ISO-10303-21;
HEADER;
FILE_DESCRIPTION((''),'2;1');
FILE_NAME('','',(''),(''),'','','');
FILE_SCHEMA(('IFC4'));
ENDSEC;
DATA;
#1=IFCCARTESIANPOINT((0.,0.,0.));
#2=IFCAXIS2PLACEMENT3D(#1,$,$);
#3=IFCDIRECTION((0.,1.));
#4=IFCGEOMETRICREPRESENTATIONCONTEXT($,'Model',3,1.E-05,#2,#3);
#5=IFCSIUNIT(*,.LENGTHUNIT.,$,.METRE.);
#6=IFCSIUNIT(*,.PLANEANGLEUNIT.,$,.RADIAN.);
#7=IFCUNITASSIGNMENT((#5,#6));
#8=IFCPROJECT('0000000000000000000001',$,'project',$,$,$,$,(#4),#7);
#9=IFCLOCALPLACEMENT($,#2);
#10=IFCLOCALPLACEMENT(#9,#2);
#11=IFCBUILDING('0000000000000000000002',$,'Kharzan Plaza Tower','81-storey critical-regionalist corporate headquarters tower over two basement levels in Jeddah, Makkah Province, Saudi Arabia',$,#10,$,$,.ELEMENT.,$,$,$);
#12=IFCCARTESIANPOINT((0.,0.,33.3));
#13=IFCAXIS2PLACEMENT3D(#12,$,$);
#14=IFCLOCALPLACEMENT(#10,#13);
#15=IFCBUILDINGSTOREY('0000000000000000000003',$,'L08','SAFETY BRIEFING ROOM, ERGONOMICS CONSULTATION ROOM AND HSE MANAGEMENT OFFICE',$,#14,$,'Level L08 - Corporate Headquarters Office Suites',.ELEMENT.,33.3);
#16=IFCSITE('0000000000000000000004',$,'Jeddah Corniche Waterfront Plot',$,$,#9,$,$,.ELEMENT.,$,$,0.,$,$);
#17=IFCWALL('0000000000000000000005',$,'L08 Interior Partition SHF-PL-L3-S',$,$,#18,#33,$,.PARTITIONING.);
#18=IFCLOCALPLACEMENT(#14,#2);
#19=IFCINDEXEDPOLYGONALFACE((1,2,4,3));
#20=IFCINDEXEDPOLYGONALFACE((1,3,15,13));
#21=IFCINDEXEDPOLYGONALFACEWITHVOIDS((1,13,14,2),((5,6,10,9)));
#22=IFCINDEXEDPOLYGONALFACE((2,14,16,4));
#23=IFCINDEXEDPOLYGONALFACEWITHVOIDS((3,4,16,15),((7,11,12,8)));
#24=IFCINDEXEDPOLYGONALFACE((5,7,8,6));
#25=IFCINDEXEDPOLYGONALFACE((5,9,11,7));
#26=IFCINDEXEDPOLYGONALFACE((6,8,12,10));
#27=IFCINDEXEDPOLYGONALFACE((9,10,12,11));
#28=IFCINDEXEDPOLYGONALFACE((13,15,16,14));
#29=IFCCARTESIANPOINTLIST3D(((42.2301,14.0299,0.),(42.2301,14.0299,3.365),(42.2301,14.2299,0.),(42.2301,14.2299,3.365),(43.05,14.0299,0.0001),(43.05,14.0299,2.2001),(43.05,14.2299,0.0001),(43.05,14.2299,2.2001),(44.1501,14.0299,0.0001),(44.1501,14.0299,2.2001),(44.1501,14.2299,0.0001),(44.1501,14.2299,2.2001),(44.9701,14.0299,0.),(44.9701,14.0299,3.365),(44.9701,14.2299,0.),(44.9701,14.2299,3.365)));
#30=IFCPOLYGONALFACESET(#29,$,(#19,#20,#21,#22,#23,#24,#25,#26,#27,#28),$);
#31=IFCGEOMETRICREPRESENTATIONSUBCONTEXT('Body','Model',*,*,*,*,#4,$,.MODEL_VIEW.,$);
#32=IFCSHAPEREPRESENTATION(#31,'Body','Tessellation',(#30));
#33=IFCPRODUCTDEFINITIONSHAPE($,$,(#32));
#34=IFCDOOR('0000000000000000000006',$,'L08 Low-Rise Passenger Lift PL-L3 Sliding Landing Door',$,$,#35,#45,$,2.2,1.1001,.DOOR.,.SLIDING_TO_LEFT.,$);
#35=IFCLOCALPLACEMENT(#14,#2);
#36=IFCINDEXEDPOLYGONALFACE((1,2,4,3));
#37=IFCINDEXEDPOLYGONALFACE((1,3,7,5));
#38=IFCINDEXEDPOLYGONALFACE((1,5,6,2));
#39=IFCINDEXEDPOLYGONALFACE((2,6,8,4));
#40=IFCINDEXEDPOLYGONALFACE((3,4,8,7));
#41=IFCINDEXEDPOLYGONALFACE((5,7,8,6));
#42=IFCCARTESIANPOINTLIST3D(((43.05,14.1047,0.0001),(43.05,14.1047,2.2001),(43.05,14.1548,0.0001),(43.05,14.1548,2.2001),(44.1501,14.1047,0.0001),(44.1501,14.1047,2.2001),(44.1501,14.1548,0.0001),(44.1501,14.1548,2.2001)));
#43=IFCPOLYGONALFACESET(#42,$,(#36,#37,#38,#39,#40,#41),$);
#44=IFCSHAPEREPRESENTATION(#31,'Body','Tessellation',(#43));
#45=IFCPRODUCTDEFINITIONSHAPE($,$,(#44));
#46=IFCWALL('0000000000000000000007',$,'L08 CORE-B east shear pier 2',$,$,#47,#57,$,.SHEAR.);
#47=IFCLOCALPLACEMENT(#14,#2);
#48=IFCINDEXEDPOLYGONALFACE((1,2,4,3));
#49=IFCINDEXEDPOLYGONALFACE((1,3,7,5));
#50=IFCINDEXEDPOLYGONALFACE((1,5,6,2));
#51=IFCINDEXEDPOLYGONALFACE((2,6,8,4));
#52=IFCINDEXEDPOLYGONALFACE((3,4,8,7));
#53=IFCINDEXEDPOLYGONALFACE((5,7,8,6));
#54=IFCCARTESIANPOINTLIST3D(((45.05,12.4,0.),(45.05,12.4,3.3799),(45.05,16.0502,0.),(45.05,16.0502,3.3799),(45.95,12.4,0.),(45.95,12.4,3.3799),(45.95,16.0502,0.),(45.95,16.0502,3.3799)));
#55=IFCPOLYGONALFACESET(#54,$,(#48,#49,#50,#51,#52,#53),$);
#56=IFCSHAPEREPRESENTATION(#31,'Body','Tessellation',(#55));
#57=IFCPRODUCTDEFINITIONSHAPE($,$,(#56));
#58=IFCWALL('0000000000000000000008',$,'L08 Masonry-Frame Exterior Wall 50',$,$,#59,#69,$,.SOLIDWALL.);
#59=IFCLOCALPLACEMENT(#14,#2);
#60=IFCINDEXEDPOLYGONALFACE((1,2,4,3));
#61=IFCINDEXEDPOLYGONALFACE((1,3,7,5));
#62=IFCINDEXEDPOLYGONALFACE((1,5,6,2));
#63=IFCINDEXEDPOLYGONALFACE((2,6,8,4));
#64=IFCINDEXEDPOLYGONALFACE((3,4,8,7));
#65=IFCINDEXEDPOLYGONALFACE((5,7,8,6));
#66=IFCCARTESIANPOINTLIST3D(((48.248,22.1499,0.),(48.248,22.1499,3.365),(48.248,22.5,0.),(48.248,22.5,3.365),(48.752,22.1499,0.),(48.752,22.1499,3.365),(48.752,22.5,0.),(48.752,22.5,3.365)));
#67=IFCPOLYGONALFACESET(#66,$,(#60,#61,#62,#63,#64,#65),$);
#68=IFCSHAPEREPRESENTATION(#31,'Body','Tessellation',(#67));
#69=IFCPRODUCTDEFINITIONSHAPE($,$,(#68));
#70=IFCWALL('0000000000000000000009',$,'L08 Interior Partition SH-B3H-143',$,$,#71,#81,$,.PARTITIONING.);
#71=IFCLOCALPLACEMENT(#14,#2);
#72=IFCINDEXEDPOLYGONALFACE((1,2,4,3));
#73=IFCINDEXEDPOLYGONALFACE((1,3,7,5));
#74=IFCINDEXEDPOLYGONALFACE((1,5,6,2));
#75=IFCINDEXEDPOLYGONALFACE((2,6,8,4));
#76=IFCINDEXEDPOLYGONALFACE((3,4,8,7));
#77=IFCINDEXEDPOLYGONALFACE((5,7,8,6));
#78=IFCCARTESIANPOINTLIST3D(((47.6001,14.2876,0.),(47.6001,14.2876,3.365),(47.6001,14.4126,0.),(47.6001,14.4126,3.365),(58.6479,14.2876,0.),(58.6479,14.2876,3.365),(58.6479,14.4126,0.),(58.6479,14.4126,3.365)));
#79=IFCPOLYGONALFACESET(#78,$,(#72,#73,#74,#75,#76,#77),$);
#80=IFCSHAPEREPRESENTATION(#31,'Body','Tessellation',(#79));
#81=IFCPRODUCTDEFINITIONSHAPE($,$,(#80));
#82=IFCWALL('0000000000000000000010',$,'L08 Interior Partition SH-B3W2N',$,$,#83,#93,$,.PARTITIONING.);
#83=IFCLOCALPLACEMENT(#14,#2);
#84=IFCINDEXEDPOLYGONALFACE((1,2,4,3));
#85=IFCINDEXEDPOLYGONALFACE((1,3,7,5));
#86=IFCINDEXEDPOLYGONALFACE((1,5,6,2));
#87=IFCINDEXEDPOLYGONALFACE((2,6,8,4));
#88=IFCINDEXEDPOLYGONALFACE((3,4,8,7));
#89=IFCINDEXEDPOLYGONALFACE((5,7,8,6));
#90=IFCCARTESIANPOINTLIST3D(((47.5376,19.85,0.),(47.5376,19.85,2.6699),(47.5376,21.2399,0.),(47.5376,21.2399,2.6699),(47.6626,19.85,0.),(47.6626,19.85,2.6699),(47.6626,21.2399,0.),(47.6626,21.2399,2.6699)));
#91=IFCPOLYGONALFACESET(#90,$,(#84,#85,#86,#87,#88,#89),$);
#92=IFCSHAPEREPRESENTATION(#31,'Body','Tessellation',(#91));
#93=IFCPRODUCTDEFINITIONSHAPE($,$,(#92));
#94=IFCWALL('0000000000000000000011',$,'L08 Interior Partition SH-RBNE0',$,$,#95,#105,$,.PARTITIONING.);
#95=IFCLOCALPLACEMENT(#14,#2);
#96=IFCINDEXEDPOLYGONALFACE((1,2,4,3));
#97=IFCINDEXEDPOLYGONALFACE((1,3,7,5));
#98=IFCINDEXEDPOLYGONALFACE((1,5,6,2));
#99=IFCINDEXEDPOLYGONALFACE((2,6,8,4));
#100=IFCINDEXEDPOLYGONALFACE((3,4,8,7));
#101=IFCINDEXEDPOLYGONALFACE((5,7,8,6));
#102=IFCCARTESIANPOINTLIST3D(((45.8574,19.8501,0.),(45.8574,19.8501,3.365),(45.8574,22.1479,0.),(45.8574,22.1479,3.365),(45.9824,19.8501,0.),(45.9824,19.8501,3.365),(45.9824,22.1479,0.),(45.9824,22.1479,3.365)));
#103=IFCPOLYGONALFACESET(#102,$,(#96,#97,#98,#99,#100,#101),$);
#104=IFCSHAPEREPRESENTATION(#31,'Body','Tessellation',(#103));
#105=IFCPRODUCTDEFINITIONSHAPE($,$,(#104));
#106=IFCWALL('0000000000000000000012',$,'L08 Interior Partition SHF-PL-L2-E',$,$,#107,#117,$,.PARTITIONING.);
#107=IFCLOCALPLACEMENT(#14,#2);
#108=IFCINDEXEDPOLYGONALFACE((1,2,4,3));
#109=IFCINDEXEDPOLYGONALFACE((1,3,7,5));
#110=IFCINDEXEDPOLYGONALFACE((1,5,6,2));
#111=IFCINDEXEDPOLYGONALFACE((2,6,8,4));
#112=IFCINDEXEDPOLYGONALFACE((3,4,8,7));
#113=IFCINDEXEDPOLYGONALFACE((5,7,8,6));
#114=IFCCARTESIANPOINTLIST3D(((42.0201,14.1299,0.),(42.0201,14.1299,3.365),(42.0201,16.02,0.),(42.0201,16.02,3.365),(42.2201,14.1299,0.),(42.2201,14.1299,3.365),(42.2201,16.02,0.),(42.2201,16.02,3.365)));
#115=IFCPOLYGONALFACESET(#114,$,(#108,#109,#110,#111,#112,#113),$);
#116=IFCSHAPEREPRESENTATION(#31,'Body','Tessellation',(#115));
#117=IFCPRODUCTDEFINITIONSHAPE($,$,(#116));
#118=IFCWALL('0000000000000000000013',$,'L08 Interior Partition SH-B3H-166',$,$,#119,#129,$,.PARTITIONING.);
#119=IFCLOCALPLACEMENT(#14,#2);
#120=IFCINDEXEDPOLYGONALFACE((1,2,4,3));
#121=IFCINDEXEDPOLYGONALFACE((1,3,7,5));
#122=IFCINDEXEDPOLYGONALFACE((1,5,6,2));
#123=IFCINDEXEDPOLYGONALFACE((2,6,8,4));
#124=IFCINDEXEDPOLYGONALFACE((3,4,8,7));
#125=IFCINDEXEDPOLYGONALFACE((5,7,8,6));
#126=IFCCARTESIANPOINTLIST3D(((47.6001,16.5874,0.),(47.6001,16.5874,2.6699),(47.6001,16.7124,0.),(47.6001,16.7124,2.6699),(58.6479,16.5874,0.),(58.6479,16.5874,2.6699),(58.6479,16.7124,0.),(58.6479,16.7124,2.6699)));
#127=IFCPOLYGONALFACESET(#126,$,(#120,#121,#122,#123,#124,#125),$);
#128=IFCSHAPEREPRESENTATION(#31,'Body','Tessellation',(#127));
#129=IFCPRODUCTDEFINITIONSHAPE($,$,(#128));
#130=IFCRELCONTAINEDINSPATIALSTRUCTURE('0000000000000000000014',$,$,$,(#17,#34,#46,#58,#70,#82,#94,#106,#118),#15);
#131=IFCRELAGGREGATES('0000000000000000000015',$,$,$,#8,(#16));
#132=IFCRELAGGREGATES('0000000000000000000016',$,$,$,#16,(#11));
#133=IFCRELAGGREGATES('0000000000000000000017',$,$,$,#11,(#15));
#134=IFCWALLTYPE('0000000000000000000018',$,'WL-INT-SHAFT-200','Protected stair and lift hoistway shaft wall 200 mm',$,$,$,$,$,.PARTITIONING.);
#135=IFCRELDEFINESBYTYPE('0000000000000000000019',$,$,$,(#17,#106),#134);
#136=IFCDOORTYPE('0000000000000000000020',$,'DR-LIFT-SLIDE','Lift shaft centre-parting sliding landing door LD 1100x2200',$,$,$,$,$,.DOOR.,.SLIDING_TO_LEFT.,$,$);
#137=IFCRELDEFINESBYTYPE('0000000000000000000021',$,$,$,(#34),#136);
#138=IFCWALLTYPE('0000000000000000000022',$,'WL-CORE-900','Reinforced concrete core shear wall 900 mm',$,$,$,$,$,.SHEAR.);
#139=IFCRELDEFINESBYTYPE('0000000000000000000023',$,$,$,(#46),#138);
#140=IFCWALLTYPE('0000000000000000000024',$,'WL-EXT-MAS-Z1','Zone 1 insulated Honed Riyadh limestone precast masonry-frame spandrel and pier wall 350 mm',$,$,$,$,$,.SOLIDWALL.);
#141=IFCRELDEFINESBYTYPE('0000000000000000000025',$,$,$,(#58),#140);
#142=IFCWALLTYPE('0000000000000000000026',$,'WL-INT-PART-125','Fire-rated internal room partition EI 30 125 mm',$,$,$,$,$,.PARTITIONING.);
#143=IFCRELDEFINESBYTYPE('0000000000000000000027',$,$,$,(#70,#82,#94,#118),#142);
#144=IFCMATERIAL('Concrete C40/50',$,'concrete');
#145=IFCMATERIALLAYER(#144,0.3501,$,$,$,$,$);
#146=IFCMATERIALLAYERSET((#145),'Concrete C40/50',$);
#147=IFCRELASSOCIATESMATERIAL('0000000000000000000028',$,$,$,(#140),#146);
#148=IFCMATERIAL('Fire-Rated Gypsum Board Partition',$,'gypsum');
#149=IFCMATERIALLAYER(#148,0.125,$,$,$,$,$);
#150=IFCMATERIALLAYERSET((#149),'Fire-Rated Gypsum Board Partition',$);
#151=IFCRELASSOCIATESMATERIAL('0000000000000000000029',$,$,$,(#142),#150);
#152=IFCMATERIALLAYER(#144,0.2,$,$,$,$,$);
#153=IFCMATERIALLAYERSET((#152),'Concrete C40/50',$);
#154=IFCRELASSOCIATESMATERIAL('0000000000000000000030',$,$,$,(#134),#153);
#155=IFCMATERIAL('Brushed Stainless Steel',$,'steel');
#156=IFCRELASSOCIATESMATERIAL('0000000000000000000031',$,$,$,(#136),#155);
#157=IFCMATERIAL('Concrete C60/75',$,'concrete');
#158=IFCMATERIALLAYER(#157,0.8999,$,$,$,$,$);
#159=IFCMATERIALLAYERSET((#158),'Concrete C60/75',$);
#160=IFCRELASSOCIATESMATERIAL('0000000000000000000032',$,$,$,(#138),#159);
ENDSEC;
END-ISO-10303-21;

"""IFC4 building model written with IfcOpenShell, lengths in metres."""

from ifc_helpers import new_model, si_unit, direction, frame, frame_2d, origin, place, context, subcontext, project, spatial, rectangle, extrude, source, transform, mapped, material, layer, layer_set, type_object, element, fill, save


model = new_model("IFC4")

# Units and contexts
model_context = context("Model", 3, precision=1e-05, world=origin(), true_north=direction((0.0, 1.0)))
body_context = subcontext(model_context, "Body", "Model", "MODEL_VIEW")
ifc_project = project(units=[si_unit("LENGTHUNIT", "METRE"), si_unit("PLANEANGLEUNIT", "RADIAN")], contexts=[model_context])

# Site, building, storey
site_placement = place(None, origin())
site = spatial("IfcSite", under=ifc_project, at=site_placement, Name="Jeddah Corniche Waterfront Plot", CompositionType="ELEMENT", RefElevation=0.0)
building_placement = place(site_placement, origin())
building = spatial("IfcBuilding", under=site, at=building_placement, Name="Kharzan Plaza Tower", Description="81-storey critical-regionalist corporate headquarters tower over two basement levels in Jeddah, Makkah Province, Saudi Arabia", CompositionType="ELEMENT")
storey_placement = place(building_placement, frame((0.0, 0.0, 33.3)))
storey = spatial("IfcBuildingStorey", under=building, at=storey_placement, Name="L08", Description="SAFETY BRIEFING ROOM, ERGONOMICS CONSULTATION ROOM AND HSE MANAGEMENT OFFICE", LongName="Level L08 - Corporate Headquarters Office Suites", CompositionType="ELEMENT", Elevation=33.3)

# Shared definitions
ifc_material_1 = material(Name="Concrete C60/75", Category="concrete")

# Shared definitions
ifc_material_2 = material(Name="Concrete C40/50", Category="concrete")
ifc_layer_1 = layer(ifc_material_2, 0.3501)
ifc_layer_set_1 = layer_set([ifc_layer_1], Name="Concrete C40/50")
wall_type_1 = type_object("IfcWallType", Name="WL-EXT-MAS-Z1", Description="Zone 1 insulated Honed Riyadh limestone precast masonry-frame spandrel and pier wall 350 mm", PredefinedType="SOLIDWALL", material=ifc_layer_set_1)

# Wall, opening, door
ifc_material_3 = material(Name="Fire-Rated Gypsum Board Partition", Category="gypsum")
ifc_layer_2 = layer(ifc_material_3, 0.125)
ifc_layer_set_2 = layer_set([ifc_layer_2], Name="Fire-Rated Gypsum Board Partition")
wall_type_2 = type_object("IfcWallType", Name="WL-INT-PART-125", Description="Fire-rated internal room partition EI 30 125 mm", PredefinedType="PARTITIONING", material=ifc_layer_set_2)
ifc_layer_3 = layer(ifc_material_2, 0.2)
ifc_layer_set_3 = layer_set([ifc_layer_3], Name="Concrete C40/50")
wall_type_3 = type_object("IfcWallType", Name="WL-INT-SHAFT-200", Description="Protected stair and lift hoistway shaft wall 200 mm", PredefinedType="PARTITIONING", material=ifc_layer_set_3)
wall_1_placement = place(storey_placement, frame((42.23, 14.1299, 0.0), z_axis=(0.0, 0.0, 1.0), x_axis=(1.0, 0.0, 0.0)))
wall_1 = element("IfcWall", 1, at=wall_1_placement, inside=storey, type_object=wall_type_3, Name="L08 Interior Partition SHF-PL-L3-S", PredefinedType="PARTITIONING", context=body_context, shape_type="SweptSolid", body=[
    extrude(rectangle(XDim=2.74, YDim=0.2, at=frame_2d((1.3701, 0.0))), origin(), (0.0, 0.0, 1.0), 3.365),
])
opening_1_placement = place(wall_1_placement, frame((0.8201, 0.0, 0.0)))
opening_1 = element("IfcOpeningElement", 2, at=opening_1_placement, cuts=wall_1, PredefinedType="OPENING", context=body_context, shape_type="SweptSolid", body=[
    extrude(rectangle(XDim=1.1001, YDim=2.2, at=frame_2d((0.55, 1.1001))), frame((0.0, 0.1099, 0.0), z_axis=(0.0, -1.0, 0.0), x_axis=(1.0, 0.0, 0.0)), (0.0, 0.0, 1.0), 0.22),
])
ifc_material_4 = material(Name="Brushed Stainless Steel", Category="steel")
door_type_1 = type_object("IfcDoorType", Name="DR-LIFT-SLIDE", Description="Lift shaft centre-parting sliding landing door LD 1100x2200", OperationType="SLIDING_TO_LEFT", PredefinedType="DOOR", material=ifc_material_4)
shared_shape_1 = source(origin(), body_context, "Body", "SweptSolid", [
    extrude(rectangle(XDim=1.1001, YDim=2.2, at=frame_2d((0.55, 1.1001))), frame((0.0, 0.0249, 0.0), z_axis=(0.0, -1.0, 0.0), x_axis=(1.0, 0.0, 0.0)), (0.0, 0.0, 1.0), 0.05),
])
door_1_placement = place(opening_1_placement, origin())
door_1 = element("IfcDoor", 3, at=door_1_placement, inside=storey, type_object=door_type_1, Name="L08 Low-Rise Passenger Lift PL-L3 Sliding Landing Door", OperationType="SLIDING_TO_LEFT", OverallHeight=2.2, OverallWidth=1.1001, PredefinedType="DOOR", context=body_context, shape_type="MappedRepresentation", body=[
    mapped(shared_shape_1, transform((0.0, 0.0, 0.0), x_axis=(1.0, 0.0, 0.0), y_axis=(0.0, 1.0, 0.0), z_axis=(0.0, 0.0, 1.0))),
])
fill(opening_1, door_1)

# Walls
ifc_layer_4 = layer(ifc_material_1, 0.8999)
ifc_layer_set_4 = layer_set([ifc_layer_4], Name="Concrete C60/75")
wall_type_4 = type_object("IfcWallType", Name="WL-CORE-900", Description="Reinforced concrete core shear wall 900 mm", PredefinedType="SHEAR", material=ifc_layer_set_4)
shared_shape_2 = source(origin(), body_context, "Body", "SweptSolid", [
    extrude(rectangle(XDim=3.6501, YDim=0.8999, at=frame_2d((1.8252, 0.0))), origin(), (0.0, 0.0, 1.0), 3.3799),
])
wall_2_placement = place(storey_placement, frame((45.5, 12.3999, 0.0), z_axis=(0.0, 0.0, 1.0), x_axis=(0.0, 1.0, 0.0)))
element("IfcWall", 4, at=wall_2_placement, inside=storey, type_object=wall_type_4, Name="L08 CORE-B east shear pier 2", PredefinedType="SHEAR", context=body_context, shape_type="MappedRepresentation", body=[
    mapped(shared_shape_2, transform((0.0, 0.0, 0.0), x_axis=(1.0, 0.0, 0.0), y_axis=(0.0, 1.0, 0.0), z_axis=(0.0, 0.0, 1.0))),
])
shared_shape_3 = source(origin(), body_context, "Body", "SweptSolid", [
    extrude(rectangle(XDim=0.5039, YDim=0.3501, at=frame_2d((0.252, 0.0))), origin(), (0.0, 0.0, 1.0), 3.365),
])
wall_3_placement = place(storey_placement, frame((48.752, 22.325, 0.0), z_axis=(0.0, 0.0, 1.0), x_axis=(-1.0, 0.0, 0.0)))
element("IfcWall", 5, at=wall_3_placement, inside=storey, type_object=wall_type_1, Name="L08 Masonry-Frame Exterior Wall 50", PredefinedType="SOLIDWALL", context=body_context, shape_type="MappedRepresentation", body=[
    mapped(shared_shape_3, transform((0.0, 0.0, 0.0), x_axis=(1.0, 0.0, 0.0), y_axis=(0.0, 1.0, 0.0), z_axis=(0.0, 0.0, 1.0))),
])
shared_shape_4 = source(origin(), body_context, "Body", "SweptSolid", [
    extrude(rectangle(XDim=11.0479, YDim=0.125, at=frame_2d((5.5239, 0.0))), origin(), (0.0, 0.0, 1.0), 3.365),
])
wall_4_placement = place(storey_placement, frame((47.6001, 14.3501, 0.0), z_axis=(0.0, 0.0, 1.0), x_axis=(1.0, 0.0, 0.0)))
element("IfcWall", 6, at=wall_4_placement, inside=storey, type_object=wall_type_2, Name="L08 Interior Partition SH-B3H-143", PredefinedType="PARTITIONING", context=body_context, shape_type="MappedRepresentation", body=[
    mapped(shared_shape_4, transform((0.0, 0.0, 0.0), x_axis=(1.0, 0.0, 0.0), y_axis=(0.0, 1.0, 0.0), z_axis=(0.0, 0.0, 1.0))),
])
shared_shape_5 = source(origin(), body_context, "Body", "SweptSolid", [
    extrude(rectangle(XDim=1.3899, YDim=0.125, at=frame_2d((0.6948, 0.0))), origin(), (0.0, 0.0, 1.0), 2.6699),
])
wall_5_placement = place(storey_placement, frame((47.6001, 19.8501, 0.0), z_axis=(0.0, 0.0, 1.0), x_axis=(0.0, 1.0, 0.0)))
element("IfcWall", 7, at=wall_5_placement, inside=storey, type_object=wall_type_2, Name="L08 Interior Partition SH-B3W2N", PredefinedType="PARTITIONING", context=body_context, shape_type="MappedRepresentation", body=[
    mapped(shared_shape_5, transform((0.0, 0.0, 0.0), x_axis=(1.0, 0.0, 0.0), y_axis=(0.0, 1.0, 0.0), z_axis=(0.0, 0.0, 1.0))),
])
shared_shape_6 = source(origin(), body_context, "Body", "SweptSolid", [
    extrude(rectangle(XDim=2.2979, YDim=0.125, at=frame_2d((1.1489, 0.0))), origin(), (0.0, 0.0, 1.0), 3.365),
])
wall_6_placement = place(storey_placement, frame((45.9199, 19.8501, 0.0), z_axis=(0.0, 0.0, 1.0), x_axis=(0.0, 1.0, 0.0)))
element("IfcWall", 8, at=wall_6_placement, inside=storey, type_object=wall_type_2, Name="L08 Interior Partition SH-RBNE0", PredefinedType="PARTITIONING", context=body_context, shape_type="MappedRepresentation", body=[
    mapped(shared_shape_6, transform((0.0, 0.0, 0.0), x_axis=(1.0, 0.0, 0.0), y_axis=(0.0, 1.0, 0.0), z_axis=(0.0, 0.0, 1.0))),
])
shared_shape_7 = source(origin(), body_context, "Body", "SweptSolid", [
    extrude(rectangle(XDim=1.8901, YDim=0.2, at=frame_2d((0.9451, 0.0))), origin(), (0.0, 0.0, 1.0), 3.365),
])
wall_7_placement = place(storey_placement, frame((42.1201, 14.1299, 0.0), z_axis=(0.0, 0.0, 1.0), x_axis=(0.0, 1.0, 0.0)))
element("IfcWall", 9, at=wall_7_placement, inside=storey, type_object=wall_type_3, Name="L08 Interior Partition SHF-PL-L2-E", PredefinedType="PARTITIONING", context=body_context, shape_type="MappedRepresentation", body=[
    mapped(shared_shape_7, transform((0.0, 0.0, 0.0), x_axis=(1.0, 0.0, 0.0), y_axis=(0.0, 1.0, 0.0), z_axis=(0.0, 0.0, 1.0))),
])
shared_shape_8 = source(origin(), body_context, "Body", "SweptSolid", [
    extrude(rectangle(XDim=11.0479, YDim=0.125, at=frame_2d((5.5239, 0.0))), origin(), (0.0, 0.0, 1.0), 2.6699),
])
wall_8_placement = place(storey_placement, frame((47.6001, 16.6499, 0.0), z_axis=(0.0, 0.0, 1.0), x_axis=(1.0, 0.0, 0.0)))
element("IfcWall", 10, at=wall_8_placement, inside=storey, type_object=wall_type_2, Name="L08 Interior Partition SH-B3H-166", PredefinedType="PARTITIONING", context=body_context, shape_type="MappedRepresentation", body=[
    mapped(shared_shape_8, transform((0.0, 0.0, 0.0), x_axis=(1.0, 0.0, 0.0), y_axis=(0.0, 1.0, 0.0), z_axis=(0.0, 0.0, 1.0))),
])

save(model, "model.ifc")
